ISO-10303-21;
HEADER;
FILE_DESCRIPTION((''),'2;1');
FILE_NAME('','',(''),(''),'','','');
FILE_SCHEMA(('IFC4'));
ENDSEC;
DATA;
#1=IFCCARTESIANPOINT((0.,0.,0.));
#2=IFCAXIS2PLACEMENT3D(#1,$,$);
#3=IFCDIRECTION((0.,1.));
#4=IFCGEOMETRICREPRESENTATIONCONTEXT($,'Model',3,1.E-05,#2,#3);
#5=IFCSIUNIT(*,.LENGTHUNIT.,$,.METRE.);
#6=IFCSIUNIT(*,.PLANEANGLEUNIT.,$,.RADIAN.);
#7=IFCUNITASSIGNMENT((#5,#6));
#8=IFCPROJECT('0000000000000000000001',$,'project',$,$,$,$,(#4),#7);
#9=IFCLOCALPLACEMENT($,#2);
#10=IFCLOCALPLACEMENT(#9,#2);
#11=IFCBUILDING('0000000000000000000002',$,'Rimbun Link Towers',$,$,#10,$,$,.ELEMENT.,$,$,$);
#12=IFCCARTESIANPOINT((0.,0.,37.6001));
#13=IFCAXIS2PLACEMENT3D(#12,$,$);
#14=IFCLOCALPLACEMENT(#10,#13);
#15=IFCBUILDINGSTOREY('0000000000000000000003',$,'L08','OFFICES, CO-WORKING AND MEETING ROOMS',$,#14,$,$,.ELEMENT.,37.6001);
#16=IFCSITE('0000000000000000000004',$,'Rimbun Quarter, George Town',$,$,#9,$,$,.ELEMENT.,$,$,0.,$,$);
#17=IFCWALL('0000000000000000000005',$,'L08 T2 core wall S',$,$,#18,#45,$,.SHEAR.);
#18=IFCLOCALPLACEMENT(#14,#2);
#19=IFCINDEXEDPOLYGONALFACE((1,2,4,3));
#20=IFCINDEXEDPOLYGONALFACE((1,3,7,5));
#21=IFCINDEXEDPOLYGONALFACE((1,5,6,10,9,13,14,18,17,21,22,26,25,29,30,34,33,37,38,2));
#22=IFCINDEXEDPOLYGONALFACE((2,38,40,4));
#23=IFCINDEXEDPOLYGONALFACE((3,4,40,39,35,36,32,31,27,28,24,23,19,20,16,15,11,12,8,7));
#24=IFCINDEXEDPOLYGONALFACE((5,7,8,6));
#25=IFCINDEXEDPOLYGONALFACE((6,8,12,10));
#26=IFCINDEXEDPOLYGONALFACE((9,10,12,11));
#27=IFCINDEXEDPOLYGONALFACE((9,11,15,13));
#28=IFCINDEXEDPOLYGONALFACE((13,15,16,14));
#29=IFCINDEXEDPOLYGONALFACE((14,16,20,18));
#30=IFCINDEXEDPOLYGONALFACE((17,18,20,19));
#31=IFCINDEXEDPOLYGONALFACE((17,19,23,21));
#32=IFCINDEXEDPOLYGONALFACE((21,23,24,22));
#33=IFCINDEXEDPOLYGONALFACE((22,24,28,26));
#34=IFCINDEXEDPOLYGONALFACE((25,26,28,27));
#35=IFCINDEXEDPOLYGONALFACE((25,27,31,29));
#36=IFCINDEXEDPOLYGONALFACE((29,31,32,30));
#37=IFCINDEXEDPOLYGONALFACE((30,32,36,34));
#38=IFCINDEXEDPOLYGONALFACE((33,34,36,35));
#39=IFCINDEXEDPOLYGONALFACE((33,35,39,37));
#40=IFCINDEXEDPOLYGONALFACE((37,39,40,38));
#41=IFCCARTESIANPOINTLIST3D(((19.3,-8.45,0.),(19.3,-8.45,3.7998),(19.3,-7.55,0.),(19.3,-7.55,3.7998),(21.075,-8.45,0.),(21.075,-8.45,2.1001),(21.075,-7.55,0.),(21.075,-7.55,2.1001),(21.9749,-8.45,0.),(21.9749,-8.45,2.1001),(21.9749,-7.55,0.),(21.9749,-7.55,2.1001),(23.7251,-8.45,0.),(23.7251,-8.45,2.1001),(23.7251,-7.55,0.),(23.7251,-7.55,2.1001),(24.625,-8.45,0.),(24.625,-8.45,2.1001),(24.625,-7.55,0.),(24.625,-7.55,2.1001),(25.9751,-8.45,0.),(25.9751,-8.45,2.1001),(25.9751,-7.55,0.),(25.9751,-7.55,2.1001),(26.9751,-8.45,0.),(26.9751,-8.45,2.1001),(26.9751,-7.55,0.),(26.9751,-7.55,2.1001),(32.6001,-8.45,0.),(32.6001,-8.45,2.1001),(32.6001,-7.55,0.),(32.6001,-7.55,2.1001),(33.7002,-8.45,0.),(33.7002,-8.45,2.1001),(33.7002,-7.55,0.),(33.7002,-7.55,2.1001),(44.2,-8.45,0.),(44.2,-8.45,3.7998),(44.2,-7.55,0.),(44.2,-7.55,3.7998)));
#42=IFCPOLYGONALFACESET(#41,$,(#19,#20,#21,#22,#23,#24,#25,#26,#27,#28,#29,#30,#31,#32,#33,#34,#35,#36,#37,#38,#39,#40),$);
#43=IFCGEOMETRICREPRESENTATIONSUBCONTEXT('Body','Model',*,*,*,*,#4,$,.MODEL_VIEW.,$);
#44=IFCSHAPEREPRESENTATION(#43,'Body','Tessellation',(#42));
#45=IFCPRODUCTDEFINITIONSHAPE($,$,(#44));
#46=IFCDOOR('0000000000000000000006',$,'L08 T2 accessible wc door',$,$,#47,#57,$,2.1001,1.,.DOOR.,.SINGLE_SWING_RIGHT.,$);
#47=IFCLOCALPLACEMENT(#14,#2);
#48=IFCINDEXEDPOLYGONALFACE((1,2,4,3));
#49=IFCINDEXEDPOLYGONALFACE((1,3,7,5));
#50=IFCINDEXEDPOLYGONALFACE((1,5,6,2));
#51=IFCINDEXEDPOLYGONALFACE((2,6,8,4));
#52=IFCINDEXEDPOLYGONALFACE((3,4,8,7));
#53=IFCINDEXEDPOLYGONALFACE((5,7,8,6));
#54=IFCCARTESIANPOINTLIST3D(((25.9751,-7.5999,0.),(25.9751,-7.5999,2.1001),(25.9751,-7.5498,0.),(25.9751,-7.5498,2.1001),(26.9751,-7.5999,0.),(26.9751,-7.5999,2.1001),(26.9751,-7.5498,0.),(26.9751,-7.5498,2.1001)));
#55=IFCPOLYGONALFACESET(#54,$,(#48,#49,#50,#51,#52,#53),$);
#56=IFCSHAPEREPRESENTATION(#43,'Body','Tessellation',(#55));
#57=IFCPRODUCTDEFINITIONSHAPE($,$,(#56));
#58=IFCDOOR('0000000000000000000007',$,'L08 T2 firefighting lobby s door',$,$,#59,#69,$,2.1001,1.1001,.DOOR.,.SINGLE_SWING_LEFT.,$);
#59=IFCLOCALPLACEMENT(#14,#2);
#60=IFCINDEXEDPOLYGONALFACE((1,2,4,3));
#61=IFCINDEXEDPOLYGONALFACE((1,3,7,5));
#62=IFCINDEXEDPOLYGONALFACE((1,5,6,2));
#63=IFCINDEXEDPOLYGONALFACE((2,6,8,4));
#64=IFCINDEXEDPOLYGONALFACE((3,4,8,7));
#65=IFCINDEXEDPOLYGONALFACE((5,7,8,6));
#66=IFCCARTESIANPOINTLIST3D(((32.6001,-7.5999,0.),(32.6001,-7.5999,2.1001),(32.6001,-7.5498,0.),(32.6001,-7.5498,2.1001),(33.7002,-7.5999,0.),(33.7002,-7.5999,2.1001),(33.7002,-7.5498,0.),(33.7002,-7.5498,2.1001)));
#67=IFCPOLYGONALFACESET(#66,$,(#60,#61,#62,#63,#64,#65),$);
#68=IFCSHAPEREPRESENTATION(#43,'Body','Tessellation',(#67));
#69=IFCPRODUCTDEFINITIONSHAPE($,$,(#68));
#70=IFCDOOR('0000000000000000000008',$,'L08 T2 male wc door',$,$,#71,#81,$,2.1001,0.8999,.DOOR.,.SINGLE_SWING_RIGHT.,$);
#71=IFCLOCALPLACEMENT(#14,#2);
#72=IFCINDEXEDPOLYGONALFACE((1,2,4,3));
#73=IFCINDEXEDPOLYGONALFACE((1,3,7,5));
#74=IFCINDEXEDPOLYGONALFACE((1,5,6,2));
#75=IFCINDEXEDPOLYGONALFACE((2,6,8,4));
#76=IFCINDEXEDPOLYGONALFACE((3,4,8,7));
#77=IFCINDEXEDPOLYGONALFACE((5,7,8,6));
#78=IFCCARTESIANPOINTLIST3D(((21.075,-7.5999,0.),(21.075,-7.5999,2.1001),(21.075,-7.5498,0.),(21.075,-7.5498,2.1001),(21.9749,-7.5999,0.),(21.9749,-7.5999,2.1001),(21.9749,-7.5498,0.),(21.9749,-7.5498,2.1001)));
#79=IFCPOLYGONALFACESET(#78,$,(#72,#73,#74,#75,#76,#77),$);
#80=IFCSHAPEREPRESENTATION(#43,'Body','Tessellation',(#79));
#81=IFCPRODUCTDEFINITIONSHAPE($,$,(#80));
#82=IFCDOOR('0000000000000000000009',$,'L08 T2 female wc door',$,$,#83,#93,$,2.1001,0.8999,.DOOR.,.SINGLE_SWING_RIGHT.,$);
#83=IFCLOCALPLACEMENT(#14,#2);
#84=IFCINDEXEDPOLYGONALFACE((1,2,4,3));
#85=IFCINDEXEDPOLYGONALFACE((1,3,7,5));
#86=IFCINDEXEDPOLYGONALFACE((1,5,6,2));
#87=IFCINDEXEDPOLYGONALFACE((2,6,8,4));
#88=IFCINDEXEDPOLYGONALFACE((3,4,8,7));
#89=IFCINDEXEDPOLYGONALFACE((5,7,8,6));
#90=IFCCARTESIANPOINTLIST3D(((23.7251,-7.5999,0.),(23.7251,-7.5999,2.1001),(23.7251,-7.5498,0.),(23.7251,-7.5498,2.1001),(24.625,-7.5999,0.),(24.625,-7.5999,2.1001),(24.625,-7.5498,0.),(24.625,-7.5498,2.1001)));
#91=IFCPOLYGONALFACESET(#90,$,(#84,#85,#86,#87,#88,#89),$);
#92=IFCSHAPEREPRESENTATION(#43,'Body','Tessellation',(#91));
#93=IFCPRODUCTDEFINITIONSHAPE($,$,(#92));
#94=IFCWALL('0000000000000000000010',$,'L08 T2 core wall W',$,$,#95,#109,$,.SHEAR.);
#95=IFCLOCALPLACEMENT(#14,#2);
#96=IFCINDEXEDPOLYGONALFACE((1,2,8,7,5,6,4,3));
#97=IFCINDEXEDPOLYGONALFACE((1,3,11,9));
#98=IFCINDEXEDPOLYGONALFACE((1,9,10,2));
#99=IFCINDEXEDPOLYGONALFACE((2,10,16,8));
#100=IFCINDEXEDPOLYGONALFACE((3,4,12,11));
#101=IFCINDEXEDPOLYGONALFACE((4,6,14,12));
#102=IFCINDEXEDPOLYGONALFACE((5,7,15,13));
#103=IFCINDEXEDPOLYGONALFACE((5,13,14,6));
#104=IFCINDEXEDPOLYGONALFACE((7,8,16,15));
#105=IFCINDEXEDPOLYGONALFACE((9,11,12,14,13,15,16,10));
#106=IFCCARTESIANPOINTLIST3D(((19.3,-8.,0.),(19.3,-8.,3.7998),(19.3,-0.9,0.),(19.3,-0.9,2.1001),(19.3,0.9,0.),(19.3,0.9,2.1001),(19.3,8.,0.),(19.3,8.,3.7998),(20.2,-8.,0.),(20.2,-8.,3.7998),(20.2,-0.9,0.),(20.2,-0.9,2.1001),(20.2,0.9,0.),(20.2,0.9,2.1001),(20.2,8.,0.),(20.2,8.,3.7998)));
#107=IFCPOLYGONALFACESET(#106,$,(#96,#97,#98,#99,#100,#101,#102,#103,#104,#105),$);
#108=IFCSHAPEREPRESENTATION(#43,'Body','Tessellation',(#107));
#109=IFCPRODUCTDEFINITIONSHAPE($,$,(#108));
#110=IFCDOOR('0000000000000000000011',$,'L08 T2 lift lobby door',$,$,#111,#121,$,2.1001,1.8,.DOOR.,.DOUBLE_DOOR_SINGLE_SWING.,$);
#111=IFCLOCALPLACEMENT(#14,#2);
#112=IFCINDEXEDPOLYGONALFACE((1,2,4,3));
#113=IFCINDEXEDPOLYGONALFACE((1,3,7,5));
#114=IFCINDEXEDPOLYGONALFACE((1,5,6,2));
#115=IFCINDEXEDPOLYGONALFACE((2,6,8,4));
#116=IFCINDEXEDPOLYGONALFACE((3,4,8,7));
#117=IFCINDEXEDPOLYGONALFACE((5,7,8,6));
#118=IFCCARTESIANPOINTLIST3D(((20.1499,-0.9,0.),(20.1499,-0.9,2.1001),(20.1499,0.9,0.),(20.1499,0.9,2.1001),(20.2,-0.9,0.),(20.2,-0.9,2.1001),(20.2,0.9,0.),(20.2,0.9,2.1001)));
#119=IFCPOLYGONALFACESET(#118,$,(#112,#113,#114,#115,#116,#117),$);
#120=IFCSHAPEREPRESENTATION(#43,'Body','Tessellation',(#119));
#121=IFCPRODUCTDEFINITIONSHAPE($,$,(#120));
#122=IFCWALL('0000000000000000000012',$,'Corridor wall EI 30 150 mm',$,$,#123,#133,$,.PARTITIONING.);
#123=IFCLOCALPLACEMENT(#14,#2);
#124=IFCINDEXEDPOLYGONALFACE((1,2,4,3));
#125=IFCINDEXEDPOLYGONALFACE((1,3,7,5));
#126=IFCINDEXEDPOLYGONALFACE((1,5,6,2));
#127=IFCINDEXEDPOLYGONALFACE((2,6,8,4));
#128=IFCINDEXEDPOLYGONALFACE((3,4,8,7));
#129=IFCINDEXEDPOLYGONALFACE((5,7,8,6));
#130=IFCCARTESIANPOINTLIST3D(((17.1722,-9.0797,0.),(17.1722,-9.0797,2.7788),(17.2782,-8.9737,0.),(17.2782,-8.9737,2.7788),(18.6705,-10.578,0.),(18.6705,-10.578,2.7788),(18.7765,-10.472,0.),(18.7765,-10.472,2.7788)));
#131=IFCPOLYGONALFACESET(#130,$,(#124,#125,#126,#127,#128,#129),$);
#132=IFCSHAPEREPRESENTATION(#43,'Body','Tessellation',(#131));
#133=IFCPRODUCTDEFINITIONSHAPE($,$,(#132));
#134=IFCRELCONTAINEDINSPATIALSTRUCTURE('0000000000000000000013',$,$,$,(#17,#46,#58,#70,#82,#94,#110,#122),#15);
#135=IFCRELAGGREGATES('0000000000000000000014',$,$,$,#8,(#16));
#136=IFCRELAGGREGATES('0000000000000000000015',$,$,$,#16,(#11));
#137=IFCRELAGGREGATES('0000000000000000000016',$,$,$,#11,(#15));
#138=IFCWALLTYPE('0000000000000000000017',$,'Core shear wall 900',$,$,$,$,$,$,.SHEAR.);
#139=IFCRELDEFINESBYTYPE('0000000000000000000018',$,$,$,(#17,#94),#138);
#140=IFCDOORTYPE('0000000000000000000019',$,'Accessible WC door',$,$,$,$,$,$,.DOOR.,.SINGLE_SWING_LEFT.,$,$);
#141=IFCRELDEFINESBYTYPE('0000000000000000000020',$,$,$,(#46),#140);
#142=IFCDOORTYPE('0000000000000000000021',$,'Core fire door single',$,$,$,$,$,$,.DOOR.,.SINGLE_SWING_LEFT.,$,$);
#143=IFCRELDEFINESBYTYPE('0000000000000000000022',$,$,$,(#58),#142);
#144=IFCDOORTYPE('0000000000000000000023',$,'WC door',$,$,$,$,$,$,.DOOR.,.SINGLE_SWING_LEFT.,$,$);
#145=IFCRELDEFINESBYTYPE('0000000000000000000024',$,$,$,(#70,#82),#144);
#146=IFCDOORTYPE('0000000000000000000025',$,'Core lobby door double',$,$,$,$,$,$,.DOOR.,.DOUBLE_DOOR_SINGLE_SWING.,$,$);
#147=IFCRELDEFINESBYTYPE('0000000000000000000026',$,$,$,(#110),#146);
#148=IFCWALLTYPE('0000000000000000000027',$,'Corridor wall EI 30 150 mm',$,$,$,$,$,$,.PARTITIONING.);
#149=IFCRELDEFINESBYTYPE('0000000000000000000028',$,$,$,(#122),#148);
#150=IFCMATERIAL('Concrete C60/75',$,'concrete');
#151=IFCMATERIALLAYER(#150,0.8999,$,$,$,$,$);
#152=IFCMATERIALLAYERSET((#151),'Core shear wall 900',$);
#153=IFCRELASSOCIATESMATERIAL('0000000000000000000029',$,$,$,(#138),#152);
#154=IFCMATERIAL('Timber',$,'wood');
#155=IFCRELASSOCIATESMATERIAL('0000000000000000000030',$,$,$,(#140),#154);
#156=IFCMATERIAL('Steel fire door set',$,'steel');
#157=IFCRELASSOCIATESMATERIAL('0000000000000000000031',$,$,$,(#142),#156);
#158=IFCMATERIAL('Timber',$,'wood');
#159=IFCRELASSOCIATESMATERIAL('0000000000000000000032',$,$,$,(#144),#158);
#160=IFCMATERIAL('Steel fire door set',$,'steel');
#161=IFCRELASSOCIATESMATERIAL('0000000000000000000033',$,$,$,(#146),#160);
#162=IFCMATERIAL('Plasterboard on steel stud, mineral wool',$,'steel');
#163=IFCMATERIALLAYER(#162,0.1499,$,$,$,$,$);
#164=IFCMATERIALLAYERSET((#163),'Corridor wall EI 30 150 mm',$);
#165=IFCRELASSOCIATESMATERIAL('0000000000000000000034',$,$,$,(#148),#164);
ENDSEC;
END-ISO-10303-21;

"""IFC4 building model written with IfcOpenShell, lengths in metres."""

from ifc_helpers import new_model, si_unit, direction, frame, frame_2d, origin, place, context, subcontext, project, spatial, rectangle, extrude, material, layer, layer_set, type_object, element, fill, save


model = new_model("IFC4")

# Units and contexts
model_context = context("Model", 3, precision=1e-05, world=origin(), true_north=direction((0.0, 1.0)))
body_context = subcontext(model_context, "Body", "Model", "MODEL_VIEW")
ifc_project = project(units=[si_unit("LENGTHUNIT", "METRE"), si_unit("PLANEANGLEUNIT", "RADIAN")], contexts=[model_context])

# Site, building, storey
site_placement = place(None, origin())
site = spatial("IfcSite", under=ifc_project, at=site_placement, Name="Rimbun Quarter, George Town", CompositionType="ELEMENT", RefElevation=0.0)
building_placement = place(site_placement, origin())
building = spatial("IfcBuilding", under=site, at=building_placement, Name="Rimbun Link Towers", CompositionType="ELEMENT")
storey_placement = place(building_placement, frame((0.0, 0.0, 37.6001)))
storey = spatial("IfcBuildingStorey", under=building, at=storey_placement, Name="L08", Description="OFFICES, CO-WORKING AND MEETING ROOMS", CompositionType="ELEMENT", Elevation=37.6001)

# Wall, openings, doors
ifc_material_1 = material(Name="Concrete C60/75", Category="concrete")
ifc_layer_1 = layer(ifc_material_1, 0.8999)
ifc_layer_set_1 = layer_set([ifc_layer_1], Name="Core shear wall 900")
wall_type_1 = type_object("IfcWallType", Name="Core shear wall 900", PredefinedType="SHEAR", material=ifc_layer_set_1)
wall_1_placement = place(storey_placement, frame((19.3, -8.0, 0.0), z_axis=(0.0, 0.0, 1.0), x_axis=(1.0, 0.0, 0.0)))
wall_1 = element("IfcWall", 1, at=wall_1_placement, inside=storey, type_object=wall_type_1, Name="L08 T2 core wall S", PredefinedType="SHEAR", context=body_context, shape_type="SweptSolid", body=[
    extrude(rectangle(XDim=24.8999, YDim=0.8999, at=frame_2d((12.45, 0.0))), origin(), (0.0, 0.0, 1.0), 3.7998),
])
opening_1_placement = place(wall_1_placement, frame((13.3, 0.0, 0.0)))
opening_1 = element("IfcOpeningElement", 2, at=opening_1_placement, cuts=wall_1, PredefinedType="OPENING", context=body_context, shape_type="SweptSolid", body=[
    extrude(rectangle(XDim=1.1001, YDim=2.1001, at=frame_2d((0.55, 1.05))), frame((0.0, 0.46, 0.0), z_axis=(0.0, -1.0, 0.0), x_axis=(1.0, 0.0, 0.0)), (0.0, 0.0, 1.0), 0.9199),
])
opening_2_placement = place(wall_1_placement, frame((1.7749, 0.0, 0.0)))
opening_2 = element("IfcOpeningElement", 3, at=opening_2_placement, cuts=wall_1, PredefinedType="OPENING", context=body_context, shape_type="SweptSolid", body=[
    extrude(rectangle(XDim=0.8999, YDim=2.1001, at=frame_2d((0.45, 1.05))), frame((0.0, 0.46, 0.0), z_axis=(0.0, -1.0, 0.0), x_axis=(1.0, 0.0, 0.0)), (0.0, 0.0, 1.0), 0.9199),
])
opening_3_placement = place(wall_1_placement, frame((4.425, 0.0, 0.0)))
opening_3 = element("IfcOpeningElement", 4, at=opening_3_placement, cuts=wall_1, PredefinedType="OPENING", context=body_context, shape_type="SweptSolid", body=[
    extrude(rectangle(XDim=0.8999, YDim=2.1001, at=frame_2d((0.45, 1.05))), frame((0.0, 0.46, 0.0), z_axis=(0.0, -1.0, 0.0), x_axis=(1.0, 0.0, 0.0)), (0.0, 0.0, 1.0), 0.9199),
])
opening_4_placement = place(wall_1_placement, frame((6.675, 0.0, 0.0)))
opening_4 = element("IfcOpeningElement", 5, at=opening_4_placement, cuts=wall_1, PredefinedType="OPENING", context=body_context, shape_type="SweptSolid", body=[
    extrude(rectangle(XDim=1.0, YDim=2.1001, at=frame_2d((0.5, 1.05))), frame((0.0, 0.46, 0.0), z_axis=(0.0, -1.0, 0.0), x_axis=(1.0, 0.0, 0.0)), (0.0, 0.0, 1.0), 0.9199),
])
ifc_material_2 = material(Name="Timber", Category="wood")
door_type_1 = type_object("IfcDoorType", Name="Accessible WC door", OperationType="SINGLE_SWING_LEFT", PredefinedType="DOOR", material=ifc_material_2)
door_1_placement = place(opening_4_placement, origin())
door_1 = element("IfcDoor", 6, at=door_1_placement, inside=storey, type_object=door_type_1, Name="L08 T2 accessible wc door", OperationType="SINGLE_SWING_RIGHT", OverallHeight=2.1001, OverallWidth=1.0, PredefinedType="DOOR", context=body_context, shape_type="SweptSolid", body=[
    extrude(rectangle(XDim=1.0, YDim=2.1001, at=frame_2d((0.5, 1.05))), frame((0.0, 0.4502, 0.0), z_axis=(0.0, -1.0, 0.0), x_axis=(1.0, 0.0, 0.0)), (0.0, 0.0, 1.0), 0.05),
])
fill(opening_4, door_1)
ifc_material_3 = material(Name="Steel fire door set", Category="steel")
door_type_2 = type_object("IfcDoorType", Name="Core fire door single", OperationType="SINGLE_SWING_LEFT", PredefinedType="DOOR", material=ifc_material_3)
door_2_placement = place(opening_1_placement, origin())
door_2 = element("IfcDoor", 7, at=door_2_placement, inside=storey, type_object=door_type_2, Name="L08 T2 firefighting lobby s door", OperationType="SINGLE_SWING_LEFT", OverallHeight=2.1001, OverallWidth=1.1001, PredefinedType="DOOR", context=body_context, shape_type="SweptSolid", body=[
    extrude(rectangle(XDim=1.1001, YDim=2.1001, at=frame_2d((0.55, 1.05))), frame((0.0, 0.4502, 0.0), z_axis=(0.0, -1.0, 0.0), x_axis=(1.0, 0.0, 0.0)), (0.0, 0.0, 1.0), 0.05),
])
fill(opening_1, door_2)
ifc_material_4 = material(Name="Timber", Category="wood")
door_type_3 = type_object("IfcDoorType", Name="WC door", OperationType="SINGLE_SWING_LEFT", PredefinedType="DOOR", material=ifc_material_4)
door_3_placement = place(opening_2_placement, origin())
door_3 = element("IfcDoor", 8, at=door_3_placement, inside=storey, type_object=door_type_3, Name="L08 T2 male wc door", OperationType="SINGLE_SWING_RIGHT", OverallHeight=2.1001, OverallWidth=0.8999, PredefinedType="DOOR", context=body_context, shape_type="SweptSolid", body=[
    extrude(rectangle(XDim=0.8999, YDim=2.1001, at=frame_2d((0.45, 1.05))), frame((0.0, 0.4502, 0.0), z_axis=(0.0, -1.0, 0.0), x_axis=(1.0, 0.0, 0.0)), (0.0, 0.0, 1.0), 0.05),
])
fill(opening_2, door_3)
door_4_placement = place(opening_3_placement, origin())
door_4 = element("IfcDoor", 9, at=door_4_placement, inside=storey, type_object=door_type_3, Name="L08 T2 female wc door", OperationType="SINGLE_SWING_RIGHT", OverallHeight=2.1001, OverallWidth=0.8999, PredefinedType="DOOR", context=body_context, shape_type="SweptSolid", body=[
    extrude(rectangle(XDim=0.8999, YDim=2.1001, at=frame_2d((0.45, 1.05))), frame((0.0, 0.4502, 0.0), z_axis=(0.0, -1.0, 0.0), x_axis=(1.0, 0.0, 0.0)), (0.0, 0.0, 1.0), 0.05),
])
fill(opening_3, door_4)

# Wall, opening, door
wall_2_placement = place(storey_placement, frame((19.75, -8.0, 0.0), z_axis=(0.0, 0.0, 1.0), x_axis=(0.0, 1.0, 0.0)))
wall_2 = element("IfcWall", 10, at=wall_2_placement, inside=storey, type_object=wall_type_1, Name="L08 T2 core wall W", PredefinedType="SHEAR", context=body_context, shape_type="SweptSolid", body=[
    extrude(rectangle(XDim=16.0, YDim=0.8999, at=frame_2d((8.0, 0.0))), origin(), (0.0, 0.0, 1.0), 3.7998),
])
opening_5_placement = place(wall_2_placement, frame((7.1001, 0.0, 0.0)))
opening_5 = element("IfcOpeningElement", 11, at=opening_5_placement, cuts=wall_2, PredefinedType="OPENING", context=body_context, shape_type="SweptSolid", body=[
    extrude(rectangle(XDim=1.8, YDim=2.1001, at=frame_2d((0.8999, 1.05))), frame((0.0, 0.46, 0.0), z_axis=(0.0, -1.0, 0.0), x_axis=(1.0, 0.0, 0.0)), (0.0, 0.0, 1.0), 0.9199),
])
ifc_material_5 = material(Name="Steel fire door set", Category="steel")
door_type_4 = type_object("IfcDoorType", Name="Core lobby door double", OperationType="DOUBLE_DOOR_SINGLE_SWING", PredefinedType="DOOR", material=ifc_material_5)
door_5_placement = place(opening_5_placement, origin())
door_5 = element("IfcDoor", 12, at=door_5_placement, inside=storey, type_object=door_type_4, Name="L08 T2 lift lobby door", OperationType="DOUBLE_DOOR_SINGLE_SWING", OverallHeight=2.1001, OverallWidth=1.8, PredefinedType="DOOR", context=body_context, shape_type="SweptSolid", body=[
    extrude(rectangle(XDim=1.8, YDim=2.1001, at=frame_2d((0.8999, 1.05))), frame((0.0, -0.3999, 0.0), z_axis=(0.0, -1.0, 0.0), x_axis=(1.0, 0.0, 0.0)), (0.0, 0.0, 1.0), 0.05),
])
fill(opening_5, door_5)

# Wall
ifc_material_6 = material(Name="Plasterboard on steel stud, mineral wool", Category="steel")
ifc_layer_2 = layer(ifc_material_6, 0.1499)
ifc_layer_set_2 = layer_set([ifc_layer_2], Name="Corridor wall EI 30 150 mm")
wall_type_2 = type_object("IfcWallType", Name="Corridor wall EI 30 150 mm", PredefinedType="PARTITIONING", material=ifc_layer_set_2)
wall_3_placement = place(storey_placement, frame((17.2251, -9.0266, 0.0), z_axis=(0.0, 0.0, 1.0), x_axis=(0.707107, -0.707107, 0.0)))
element("IfcWall", 13, at=wall_3_placement, inside=storey, type_object=wall_type_2, Name="Corridor wall EI 30 150 mm", PredefinedType="PARTITIONING", context=body_context, shape_type="SweptSolid", body=[
    extrude(rectangle(XDim=2.1189, YDim=0.1499, at=frame_2d((1.0596, 0.0))), origin(), (0.0, 0.0, 1.0), 2.7788),
])

save(model, "model.ifc")
